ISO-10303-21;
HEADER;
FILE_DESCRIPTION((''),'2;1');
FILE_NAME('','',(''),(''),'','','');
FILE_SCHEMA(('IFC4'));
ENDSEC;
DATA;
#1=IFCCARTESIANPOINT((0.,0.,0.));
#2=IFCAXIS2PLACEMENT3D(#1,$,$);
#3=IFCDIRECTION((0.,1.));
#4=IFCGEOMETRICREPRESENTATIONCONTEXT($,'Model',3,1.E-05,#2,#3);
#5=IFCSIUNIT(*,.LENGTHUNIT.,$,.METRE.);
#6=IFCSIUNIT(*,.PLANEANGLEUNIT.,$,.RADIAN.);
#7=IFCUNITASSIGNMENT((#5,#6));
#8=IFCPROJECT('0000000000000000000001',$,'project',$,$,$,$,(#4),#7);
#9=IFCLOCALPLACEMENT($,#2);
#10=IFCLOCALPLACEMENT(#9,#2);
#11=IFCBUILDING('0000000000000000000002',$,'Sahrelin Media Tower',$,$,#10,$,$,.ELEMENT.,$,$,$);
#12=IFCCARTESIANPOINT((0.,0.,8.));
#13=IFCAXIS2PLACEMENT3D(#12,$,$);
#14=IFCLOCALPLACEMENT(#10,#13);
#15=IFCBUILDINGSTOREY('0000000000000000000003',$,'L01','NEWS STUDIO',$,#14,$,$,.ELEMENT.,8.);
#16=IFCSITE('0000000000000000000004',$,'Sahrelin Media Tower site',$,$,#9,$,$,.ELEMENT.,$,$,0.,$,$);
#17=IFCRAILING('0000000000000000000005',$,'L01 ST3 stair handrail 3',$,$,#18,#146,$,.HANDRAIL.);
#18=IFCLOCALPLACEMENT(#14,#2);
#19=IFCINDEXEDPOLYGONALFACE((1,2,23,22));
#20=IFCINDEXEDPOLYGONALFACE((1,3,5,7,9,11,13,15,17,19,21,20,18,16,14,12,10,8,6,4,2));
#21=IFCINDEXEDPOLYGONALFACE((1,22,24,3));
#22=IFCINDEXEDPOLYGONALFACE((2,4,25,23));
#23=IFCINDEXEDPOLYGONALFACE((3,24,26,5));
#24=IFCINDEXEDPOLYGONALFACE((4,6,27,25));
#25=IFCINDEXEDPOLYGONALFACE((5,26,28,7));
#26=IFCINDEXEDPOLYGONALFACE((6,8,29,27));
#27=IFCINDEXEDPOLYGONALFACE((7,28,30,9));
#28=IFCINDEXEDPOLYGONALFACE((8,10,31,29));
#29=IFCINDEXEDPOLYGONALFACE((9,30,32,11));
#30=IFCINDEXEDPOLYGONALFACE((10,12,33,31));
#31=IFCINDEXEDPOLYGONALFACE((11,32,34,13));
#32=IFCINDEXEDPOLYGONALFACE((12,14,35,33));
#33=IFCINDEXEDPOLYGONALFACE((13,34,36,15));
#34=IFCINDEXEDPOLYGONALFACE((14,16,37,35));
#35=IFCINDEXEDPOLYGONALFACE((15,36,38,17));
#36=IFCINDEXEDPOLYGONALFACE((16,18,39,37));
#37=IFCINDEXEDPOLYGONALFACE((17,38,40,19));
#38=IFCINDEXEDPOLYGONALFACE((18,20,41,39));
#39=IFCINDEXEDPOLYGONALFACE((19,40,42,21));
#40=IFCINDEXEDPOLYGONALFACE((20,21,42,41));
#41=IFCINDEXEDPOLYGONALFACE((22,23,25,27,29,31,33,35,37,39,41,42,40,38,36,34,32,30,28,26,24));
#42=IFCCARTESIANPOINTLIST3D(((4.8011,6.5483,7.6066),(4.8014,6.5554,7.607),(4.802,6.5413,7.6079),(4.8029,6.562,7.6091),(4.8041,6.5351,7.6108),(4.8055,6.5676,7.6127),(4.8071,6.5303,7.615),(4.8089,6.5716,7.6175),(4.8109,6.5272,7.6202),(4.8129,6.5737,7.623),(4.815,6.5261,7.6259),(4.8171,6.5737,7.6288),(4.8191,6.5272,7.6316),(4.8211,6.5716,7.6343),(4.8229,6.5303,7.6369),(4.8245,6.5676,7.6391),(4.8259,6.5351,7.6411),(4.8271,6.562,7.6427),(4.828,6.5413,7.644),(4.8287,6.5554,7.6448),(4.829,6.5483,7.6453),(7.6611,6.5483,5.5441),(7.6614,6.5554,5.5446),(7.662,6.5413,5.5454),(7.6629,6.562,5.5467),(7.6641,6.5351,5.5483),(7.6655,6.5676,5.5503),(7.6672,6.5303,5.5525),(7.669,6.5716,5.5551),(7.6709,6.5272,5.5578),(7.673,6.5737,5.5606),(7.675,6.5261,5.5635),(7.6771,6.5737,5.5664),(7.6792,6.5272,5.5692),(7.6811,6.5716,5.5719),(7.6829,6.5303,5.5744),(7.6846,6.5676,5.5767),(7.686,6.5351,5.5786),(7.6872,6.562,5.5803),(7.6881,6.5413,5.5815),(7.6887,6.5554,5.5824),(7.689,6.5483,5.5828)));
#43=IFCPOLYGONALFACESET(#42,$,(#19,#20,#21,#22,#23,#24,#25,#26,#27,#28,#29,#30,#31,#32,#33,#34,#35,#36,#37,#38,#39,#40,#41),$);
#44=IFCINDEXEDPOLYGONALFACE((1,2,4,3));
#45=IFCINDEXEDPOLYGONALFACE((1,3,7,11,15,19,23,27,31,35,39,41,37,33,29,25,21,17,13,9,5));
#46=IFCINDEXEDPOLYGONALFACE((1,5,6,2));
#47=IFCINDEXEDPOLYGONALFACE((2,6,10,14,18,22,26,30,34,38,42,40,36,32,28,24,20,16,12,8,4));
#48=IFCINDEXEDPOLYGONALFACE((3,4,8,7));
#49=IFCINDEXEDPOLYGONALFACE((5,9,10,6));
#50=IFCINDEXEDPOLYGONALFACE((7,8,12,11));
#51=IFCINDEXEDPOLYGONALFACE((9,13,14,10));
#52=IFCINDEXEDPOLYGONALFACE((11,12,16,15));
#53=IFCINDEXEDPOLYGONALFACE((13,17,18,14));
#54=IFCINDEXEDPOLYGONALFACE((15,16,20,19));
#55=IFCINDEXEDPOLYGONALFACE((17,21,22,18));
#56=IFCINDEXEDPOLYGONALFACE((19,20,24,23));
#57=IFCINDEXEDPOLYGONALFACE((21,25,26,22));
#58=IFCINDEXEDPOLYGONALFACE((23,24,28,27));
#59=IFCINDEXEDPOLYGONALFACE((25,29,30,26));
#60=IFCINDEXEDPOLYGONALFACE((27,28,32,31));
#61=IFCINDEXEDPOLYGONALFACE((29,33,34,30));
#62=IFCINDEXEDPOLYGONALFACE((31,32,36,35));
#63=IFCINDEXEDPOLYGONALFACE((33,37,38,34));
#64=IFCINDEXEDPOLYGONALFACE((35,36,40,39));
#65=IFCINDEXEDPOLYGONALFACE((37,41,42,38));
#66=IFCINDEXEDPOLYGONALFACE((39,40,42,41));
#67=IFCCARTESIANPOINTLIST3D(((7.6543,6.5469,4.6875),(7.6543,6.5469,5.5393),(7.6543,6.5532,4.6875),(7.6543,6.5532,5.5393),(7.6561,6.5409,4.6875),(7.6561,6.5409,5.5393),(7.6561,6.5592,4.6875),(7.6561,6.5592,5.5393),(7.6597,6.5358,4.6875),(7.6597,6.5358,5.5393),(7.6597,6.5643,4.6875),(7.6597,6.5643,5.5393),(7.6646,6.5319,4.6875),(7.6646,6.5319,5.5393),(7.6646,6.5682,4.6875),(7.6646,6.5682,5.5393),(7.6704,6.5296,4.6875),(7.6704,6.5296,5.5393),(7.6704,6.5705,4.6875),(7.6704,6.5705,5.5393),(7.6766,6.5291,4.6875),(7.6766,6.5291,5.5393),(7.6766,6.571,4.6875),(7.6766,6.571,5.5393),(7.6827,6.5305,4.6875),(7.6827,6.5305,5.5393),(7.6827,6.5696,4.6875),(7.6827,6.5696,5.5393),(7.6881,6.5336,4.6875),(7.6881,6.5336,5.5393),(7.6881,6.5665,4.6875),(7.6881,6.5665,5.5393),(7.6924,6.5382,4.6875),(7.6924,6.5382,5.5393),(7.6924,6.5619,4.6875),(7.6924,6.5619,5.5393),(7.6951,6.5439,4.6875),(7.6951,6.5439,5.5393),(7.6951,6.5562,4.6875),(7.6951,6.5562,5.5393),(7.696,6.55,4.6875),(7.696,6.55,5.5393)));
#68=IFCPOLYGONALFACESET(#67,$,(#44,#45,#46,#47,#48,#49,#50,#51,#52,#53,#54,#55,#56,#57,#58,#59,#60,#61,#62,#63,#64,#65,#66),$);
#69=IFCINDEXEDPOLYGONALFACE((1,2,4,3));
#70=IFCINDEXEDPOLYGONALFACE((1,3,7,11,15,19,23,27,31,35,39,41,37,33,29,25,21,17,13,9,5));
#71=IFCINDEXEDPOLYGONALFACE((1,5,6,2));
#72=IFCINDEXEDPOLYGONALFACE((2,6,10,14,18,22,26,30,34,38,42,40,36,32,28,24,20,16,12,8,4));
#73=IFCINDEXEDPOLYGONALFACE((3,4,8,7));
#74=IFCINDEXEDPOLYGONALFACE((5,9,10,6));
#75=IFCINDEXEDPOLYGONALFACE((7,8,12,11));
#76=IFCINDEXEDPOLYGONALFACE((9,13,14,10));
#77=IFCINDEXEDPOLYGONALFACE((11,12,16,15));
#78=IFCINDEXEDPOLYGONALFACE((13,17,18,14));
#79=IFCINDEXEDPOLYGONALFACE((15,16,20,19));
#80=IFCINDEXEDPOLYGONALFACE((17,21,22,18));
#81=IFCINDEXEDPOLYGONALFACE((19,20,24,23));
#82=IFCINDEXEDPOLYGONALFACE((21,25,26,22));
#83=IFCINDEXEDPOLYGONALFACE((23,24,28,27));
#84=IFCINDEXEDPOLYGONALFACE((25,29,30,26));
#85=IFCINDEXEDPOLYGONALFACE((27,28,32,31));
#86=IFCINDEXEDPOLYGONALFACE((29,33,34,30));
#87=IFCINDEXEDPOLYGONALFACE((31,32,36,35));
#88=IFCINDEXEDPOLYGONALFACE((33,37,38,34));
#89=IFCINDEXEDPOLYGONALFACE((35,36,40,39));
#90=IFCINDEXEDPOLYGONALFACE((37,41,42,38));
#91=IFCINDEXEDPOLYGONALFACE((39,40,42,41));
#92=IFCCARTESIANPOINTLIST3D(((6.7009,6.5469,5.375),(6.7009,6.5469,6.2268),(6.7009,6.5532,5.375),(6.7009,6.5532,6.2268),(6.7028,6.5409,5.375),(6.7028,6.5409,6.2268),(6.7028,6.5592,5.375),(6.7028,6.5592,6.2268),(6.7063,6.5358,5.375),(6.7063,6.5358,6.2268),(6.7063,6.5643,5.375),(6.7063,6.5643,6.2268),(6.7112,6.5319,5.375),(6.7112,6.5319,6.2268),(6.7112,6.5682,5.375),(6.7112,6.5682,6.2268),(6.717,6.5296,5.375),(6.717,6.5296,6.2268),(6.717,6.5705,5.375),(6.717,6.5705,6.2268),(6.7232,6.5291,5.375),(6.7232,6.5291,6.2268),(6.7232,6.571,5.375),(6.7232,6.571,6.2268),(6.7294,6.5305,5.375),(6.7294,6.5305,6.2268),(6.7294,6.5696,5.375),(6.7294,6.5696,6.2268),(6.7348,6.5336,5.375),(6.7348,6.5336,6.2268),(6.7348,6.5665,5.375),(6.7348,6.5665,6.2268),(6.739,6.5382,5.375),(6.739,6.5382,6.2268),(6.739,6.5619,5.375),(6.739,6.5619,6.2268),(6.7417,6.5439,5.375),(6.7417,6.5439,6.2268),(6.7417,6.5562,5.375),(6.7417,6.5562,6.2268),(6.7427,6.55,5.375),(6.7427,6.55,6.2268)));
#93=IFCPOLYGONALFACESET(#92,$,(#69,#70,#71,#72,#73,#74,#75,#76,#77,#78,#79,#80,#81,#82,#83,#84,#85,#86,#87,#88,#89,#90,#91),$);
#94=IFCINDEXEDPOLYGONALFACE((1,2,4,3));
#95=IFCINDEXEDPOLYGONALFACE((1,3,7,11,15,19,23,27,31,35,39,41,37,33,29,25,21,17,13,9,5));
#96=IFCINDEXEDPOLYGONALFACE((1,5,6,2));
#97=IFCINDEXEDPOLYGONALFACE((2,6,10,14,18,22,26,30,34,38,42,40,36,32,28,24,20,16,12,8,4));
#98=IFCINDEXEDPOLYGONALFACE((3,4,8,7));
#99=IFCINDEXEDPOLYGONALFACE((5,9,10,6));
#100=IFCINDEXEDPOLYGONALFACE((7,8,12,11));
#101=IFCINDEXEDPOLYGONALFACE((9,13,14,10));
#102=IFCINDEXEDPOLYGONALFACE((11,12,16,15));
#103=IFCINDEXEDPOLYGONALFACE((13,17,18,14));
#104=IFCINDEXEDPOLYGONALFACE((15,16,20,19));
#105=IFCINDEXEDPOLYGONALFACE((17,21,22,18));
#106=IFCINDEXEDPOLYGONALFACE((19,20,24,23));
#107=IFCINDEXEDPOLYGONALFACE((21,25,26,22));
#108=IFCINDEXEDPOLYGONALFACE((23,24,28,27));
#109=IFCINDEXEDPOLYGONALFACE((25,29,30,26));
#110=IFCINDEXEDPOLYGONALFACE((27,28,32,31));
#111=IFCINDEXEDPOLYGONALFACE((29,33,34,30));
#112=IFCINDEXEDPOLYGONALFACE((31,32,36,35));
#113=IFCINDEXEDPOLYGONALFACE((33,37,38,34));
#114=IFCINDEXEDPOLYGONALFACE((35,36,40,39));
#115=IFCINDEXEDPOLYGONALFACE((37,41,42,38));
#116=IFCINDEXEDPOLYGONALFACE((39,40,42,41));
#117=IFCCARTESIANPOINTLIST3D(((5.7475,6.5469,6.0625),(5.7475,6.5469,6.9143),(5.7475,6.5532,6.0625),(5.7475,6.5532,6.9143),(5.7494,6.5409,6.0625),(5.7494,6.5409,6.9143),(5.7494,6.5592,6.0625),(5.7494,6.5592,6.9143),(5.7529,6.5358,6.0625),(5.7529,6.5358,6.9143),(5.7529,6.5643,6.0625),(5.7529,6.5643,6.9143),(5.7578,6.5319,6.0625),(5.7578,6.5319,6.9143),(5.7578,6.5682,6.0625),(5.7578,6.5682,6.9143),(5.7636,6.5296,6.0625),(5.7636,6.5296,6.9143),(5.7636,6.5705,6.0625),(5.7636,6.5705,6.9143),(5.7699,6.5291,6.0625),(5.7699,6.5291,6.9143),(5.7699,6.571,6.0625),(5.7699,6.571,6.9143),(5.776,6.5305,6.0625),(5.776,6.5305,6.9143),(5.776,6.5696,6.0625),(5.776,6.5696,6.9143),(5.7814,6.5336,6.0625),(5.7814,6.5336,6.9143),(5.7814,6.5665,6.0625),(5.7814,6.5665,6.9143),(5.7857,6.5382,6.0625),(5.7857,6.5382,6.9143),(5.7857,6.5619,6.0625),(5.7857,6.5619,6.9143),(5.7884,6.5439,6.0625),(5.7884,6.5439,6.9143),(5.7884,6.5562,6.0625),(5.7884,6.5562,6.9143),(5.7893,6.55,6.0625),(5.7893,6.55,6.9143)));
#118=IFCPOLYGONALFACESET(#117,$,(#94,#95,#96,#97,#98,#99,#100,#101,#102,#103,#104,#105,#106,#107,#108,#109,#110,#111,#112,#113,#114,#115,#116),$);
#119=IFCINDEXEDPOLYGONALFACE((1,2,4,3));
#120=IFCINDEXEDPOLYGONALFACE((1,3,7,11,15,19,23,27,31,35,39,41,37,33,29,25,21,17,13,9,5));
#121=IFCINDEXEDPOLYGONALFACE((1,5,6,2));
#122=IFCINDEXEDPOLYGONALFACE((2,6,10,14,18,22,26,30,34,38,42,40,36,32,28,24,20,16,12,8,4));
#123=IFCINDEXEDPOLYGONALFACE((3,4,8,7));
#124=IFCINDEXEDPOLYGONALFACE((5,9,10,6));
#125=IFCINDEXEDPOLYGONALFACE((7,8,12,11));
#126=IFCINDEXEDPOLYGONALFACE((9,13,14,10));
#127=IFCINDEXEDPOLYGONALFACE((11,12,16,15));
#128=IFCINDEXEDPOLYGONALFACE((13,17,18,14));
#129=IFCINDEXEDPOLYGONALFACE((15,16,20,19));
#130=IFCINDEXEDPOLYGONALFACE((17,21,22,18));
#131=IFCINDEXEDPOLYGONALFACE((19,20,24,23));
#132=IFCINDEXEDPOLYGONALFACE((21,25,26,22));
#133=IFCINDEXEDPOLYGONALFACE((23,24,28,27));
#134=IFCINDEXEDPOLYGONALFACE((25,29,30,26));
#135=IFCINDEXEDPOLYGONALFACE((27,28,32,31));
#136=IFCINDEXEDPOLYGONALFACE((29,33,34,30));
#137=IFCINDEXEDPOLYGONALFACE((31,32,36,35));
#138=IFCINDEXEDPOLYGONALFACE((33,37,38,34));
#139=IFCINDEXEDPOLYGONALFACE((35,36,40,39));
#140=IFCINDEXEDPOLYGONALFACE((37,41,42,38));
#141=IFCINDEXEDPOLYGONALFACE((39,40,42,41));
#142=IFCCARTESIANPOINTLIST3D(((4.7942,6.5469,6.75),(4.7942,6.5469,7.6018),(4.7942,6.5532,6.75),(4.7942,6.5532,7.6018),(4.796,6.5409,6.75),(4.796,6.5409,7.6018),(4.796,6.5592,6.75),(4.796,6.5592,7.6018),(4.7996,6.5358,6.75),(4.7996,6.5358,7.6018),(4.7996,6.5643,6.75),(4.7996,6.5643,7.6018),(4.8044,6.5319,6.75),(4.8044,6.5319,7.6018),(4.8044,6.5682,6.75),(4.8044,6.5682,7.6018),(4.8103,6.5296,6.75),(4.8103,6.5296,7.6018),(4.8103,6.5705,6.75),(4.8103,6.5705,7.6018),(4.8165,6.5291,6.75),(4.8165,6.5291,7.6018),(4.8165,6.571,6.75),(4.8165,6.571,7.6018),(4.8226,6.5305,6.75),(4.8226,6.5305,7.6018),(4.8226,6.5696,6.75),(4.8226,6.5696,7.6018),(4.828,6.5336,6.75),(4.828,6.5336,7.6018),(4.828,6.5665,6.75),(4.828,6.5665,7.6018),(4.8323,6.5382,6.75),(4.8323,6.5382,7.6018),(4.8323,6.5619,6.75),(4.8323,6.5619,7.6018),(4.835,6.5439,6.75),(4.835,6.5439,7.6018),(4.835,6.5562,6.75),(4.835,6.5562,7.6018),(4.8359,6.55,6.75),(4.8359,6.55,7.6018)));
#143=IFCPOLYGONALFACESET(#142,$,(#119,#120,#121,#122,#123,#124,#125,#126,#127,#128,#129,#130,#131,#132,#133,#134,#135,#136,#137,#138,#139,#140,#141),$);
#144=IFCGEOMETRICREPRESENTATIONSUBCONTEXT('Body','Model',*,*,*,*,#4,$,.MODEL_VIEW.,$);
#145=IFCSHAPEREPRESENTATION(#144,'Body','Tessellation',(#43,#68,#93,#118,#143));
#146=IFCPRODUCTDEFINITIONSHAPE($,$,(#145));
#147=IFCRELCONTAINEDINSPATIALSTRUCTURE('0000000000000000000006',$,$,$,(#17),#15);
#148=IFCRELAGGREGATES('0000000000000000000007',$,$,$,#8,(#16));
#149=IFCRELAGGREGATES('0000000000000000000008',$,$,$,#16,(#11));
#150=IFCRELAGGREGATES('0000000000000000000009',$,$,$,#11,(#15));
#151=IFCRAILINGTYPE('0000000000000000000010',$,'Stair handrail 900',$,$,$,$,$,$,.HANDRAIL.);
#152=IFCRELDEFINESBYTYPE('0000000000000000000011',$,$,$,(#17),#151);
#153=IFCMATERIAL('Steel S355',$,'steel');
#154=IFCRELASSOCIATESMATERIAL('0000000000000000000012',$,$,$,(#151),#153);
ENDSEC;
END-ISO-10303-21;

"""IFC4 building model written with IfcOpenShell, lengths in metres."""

from ifc_helpers import new_model, si_unit, direction, frame, origin, origin_2d, place, context, subcontext, project, spatial, circle, extrude, material, type_object, element, save


model = new_model("IFC4")

# Units and contexts
model_context = context("Model", 3, precision=1e-05, world=origin(), true_north=direction((0.0, 1.0)))
body_context = subcontext(model_context, "Body", "Model", "MODEL_VIEW")
ifc_project = project(units=[si_unit("LENGTHUNIT", "METRE"), si_unit("PLANEANGLEUNIT", "RADIAN")], contexts=[model_context])

# Site, building, storey
site_placement = place(None, origin())
site = spatial("IfcSite", under=ifc_project, at=site_placement, Name="Sahrelin Media Tower site", CompositionType="ELEMENT", RefElevation=0.0)
building_placement = place(site_placement, origin())
building = spatial("IfcBuilding", under=site, at=building_placement, Name="Sahrelin Media Tower", CompositionType="ELEMENT")
storey_placement = place(building_placement, frame((0.0, 0.0, 8.0)))
storey = spatial("IfcBuildingStorey", under=building, at=storey_placement, Name="L01", Description="NEWS STUDIO", CompositionType="ELEMENT", Elevation=8.0)

# Shared definitions
ifc_material_1 = material(Name="Steel S355", Category="steel")

# Railing
railing_type_1 = type_object("IfcRailingType", Name="Stair handrail 900", PredefinedType="HANDRAIL", material=ifc_material_1)
railing_1_placement = place(storey_placement, frame((7.675, 6.55, 4.6875)))
element("IfcRailing", 1, at=railing_1_placement, inside=storey, type_object=railing_type_1, Name="L01 ST3 stair handrail 3", PredefinedType="HANDRAIL", context=body_context, shape_type="SweptSolid", body=[
    extrude(circle(Radius=0.0239, at=origin_2d()), frame((0.0, 0.0, 0.876), z_axis=(-0.811101, 0.0, 0.584906), x_axis=(0.0, -1.0, 0.0)), (0.0, 0.0, 1.0), 3.5261),
    extrude(circle(Radius=0.021, at=origin_2d()), origin(), (0.0, 0.0, 1.0), 0.8518),
    extrude(circle(Radius=0.021, at=origin_2d()), frame((-0.9534, 0.0, 0.6875)), (0.0, 0.0, 1.0), 0.8518),
    extrude(circle(Radius=0.021, at=origin_2d()), frame((-1.9067, 0.0, 1.375)), (0.0, 0.0, 1.0), 0.8518),
    extrude(circle(Radius=0.021, at=origin_2d()), frame((-2.8601, 0.0, 2.0625)), (0.0, 0.0, 1.0), 0.8518),
])

save(model, "model.ifc")
